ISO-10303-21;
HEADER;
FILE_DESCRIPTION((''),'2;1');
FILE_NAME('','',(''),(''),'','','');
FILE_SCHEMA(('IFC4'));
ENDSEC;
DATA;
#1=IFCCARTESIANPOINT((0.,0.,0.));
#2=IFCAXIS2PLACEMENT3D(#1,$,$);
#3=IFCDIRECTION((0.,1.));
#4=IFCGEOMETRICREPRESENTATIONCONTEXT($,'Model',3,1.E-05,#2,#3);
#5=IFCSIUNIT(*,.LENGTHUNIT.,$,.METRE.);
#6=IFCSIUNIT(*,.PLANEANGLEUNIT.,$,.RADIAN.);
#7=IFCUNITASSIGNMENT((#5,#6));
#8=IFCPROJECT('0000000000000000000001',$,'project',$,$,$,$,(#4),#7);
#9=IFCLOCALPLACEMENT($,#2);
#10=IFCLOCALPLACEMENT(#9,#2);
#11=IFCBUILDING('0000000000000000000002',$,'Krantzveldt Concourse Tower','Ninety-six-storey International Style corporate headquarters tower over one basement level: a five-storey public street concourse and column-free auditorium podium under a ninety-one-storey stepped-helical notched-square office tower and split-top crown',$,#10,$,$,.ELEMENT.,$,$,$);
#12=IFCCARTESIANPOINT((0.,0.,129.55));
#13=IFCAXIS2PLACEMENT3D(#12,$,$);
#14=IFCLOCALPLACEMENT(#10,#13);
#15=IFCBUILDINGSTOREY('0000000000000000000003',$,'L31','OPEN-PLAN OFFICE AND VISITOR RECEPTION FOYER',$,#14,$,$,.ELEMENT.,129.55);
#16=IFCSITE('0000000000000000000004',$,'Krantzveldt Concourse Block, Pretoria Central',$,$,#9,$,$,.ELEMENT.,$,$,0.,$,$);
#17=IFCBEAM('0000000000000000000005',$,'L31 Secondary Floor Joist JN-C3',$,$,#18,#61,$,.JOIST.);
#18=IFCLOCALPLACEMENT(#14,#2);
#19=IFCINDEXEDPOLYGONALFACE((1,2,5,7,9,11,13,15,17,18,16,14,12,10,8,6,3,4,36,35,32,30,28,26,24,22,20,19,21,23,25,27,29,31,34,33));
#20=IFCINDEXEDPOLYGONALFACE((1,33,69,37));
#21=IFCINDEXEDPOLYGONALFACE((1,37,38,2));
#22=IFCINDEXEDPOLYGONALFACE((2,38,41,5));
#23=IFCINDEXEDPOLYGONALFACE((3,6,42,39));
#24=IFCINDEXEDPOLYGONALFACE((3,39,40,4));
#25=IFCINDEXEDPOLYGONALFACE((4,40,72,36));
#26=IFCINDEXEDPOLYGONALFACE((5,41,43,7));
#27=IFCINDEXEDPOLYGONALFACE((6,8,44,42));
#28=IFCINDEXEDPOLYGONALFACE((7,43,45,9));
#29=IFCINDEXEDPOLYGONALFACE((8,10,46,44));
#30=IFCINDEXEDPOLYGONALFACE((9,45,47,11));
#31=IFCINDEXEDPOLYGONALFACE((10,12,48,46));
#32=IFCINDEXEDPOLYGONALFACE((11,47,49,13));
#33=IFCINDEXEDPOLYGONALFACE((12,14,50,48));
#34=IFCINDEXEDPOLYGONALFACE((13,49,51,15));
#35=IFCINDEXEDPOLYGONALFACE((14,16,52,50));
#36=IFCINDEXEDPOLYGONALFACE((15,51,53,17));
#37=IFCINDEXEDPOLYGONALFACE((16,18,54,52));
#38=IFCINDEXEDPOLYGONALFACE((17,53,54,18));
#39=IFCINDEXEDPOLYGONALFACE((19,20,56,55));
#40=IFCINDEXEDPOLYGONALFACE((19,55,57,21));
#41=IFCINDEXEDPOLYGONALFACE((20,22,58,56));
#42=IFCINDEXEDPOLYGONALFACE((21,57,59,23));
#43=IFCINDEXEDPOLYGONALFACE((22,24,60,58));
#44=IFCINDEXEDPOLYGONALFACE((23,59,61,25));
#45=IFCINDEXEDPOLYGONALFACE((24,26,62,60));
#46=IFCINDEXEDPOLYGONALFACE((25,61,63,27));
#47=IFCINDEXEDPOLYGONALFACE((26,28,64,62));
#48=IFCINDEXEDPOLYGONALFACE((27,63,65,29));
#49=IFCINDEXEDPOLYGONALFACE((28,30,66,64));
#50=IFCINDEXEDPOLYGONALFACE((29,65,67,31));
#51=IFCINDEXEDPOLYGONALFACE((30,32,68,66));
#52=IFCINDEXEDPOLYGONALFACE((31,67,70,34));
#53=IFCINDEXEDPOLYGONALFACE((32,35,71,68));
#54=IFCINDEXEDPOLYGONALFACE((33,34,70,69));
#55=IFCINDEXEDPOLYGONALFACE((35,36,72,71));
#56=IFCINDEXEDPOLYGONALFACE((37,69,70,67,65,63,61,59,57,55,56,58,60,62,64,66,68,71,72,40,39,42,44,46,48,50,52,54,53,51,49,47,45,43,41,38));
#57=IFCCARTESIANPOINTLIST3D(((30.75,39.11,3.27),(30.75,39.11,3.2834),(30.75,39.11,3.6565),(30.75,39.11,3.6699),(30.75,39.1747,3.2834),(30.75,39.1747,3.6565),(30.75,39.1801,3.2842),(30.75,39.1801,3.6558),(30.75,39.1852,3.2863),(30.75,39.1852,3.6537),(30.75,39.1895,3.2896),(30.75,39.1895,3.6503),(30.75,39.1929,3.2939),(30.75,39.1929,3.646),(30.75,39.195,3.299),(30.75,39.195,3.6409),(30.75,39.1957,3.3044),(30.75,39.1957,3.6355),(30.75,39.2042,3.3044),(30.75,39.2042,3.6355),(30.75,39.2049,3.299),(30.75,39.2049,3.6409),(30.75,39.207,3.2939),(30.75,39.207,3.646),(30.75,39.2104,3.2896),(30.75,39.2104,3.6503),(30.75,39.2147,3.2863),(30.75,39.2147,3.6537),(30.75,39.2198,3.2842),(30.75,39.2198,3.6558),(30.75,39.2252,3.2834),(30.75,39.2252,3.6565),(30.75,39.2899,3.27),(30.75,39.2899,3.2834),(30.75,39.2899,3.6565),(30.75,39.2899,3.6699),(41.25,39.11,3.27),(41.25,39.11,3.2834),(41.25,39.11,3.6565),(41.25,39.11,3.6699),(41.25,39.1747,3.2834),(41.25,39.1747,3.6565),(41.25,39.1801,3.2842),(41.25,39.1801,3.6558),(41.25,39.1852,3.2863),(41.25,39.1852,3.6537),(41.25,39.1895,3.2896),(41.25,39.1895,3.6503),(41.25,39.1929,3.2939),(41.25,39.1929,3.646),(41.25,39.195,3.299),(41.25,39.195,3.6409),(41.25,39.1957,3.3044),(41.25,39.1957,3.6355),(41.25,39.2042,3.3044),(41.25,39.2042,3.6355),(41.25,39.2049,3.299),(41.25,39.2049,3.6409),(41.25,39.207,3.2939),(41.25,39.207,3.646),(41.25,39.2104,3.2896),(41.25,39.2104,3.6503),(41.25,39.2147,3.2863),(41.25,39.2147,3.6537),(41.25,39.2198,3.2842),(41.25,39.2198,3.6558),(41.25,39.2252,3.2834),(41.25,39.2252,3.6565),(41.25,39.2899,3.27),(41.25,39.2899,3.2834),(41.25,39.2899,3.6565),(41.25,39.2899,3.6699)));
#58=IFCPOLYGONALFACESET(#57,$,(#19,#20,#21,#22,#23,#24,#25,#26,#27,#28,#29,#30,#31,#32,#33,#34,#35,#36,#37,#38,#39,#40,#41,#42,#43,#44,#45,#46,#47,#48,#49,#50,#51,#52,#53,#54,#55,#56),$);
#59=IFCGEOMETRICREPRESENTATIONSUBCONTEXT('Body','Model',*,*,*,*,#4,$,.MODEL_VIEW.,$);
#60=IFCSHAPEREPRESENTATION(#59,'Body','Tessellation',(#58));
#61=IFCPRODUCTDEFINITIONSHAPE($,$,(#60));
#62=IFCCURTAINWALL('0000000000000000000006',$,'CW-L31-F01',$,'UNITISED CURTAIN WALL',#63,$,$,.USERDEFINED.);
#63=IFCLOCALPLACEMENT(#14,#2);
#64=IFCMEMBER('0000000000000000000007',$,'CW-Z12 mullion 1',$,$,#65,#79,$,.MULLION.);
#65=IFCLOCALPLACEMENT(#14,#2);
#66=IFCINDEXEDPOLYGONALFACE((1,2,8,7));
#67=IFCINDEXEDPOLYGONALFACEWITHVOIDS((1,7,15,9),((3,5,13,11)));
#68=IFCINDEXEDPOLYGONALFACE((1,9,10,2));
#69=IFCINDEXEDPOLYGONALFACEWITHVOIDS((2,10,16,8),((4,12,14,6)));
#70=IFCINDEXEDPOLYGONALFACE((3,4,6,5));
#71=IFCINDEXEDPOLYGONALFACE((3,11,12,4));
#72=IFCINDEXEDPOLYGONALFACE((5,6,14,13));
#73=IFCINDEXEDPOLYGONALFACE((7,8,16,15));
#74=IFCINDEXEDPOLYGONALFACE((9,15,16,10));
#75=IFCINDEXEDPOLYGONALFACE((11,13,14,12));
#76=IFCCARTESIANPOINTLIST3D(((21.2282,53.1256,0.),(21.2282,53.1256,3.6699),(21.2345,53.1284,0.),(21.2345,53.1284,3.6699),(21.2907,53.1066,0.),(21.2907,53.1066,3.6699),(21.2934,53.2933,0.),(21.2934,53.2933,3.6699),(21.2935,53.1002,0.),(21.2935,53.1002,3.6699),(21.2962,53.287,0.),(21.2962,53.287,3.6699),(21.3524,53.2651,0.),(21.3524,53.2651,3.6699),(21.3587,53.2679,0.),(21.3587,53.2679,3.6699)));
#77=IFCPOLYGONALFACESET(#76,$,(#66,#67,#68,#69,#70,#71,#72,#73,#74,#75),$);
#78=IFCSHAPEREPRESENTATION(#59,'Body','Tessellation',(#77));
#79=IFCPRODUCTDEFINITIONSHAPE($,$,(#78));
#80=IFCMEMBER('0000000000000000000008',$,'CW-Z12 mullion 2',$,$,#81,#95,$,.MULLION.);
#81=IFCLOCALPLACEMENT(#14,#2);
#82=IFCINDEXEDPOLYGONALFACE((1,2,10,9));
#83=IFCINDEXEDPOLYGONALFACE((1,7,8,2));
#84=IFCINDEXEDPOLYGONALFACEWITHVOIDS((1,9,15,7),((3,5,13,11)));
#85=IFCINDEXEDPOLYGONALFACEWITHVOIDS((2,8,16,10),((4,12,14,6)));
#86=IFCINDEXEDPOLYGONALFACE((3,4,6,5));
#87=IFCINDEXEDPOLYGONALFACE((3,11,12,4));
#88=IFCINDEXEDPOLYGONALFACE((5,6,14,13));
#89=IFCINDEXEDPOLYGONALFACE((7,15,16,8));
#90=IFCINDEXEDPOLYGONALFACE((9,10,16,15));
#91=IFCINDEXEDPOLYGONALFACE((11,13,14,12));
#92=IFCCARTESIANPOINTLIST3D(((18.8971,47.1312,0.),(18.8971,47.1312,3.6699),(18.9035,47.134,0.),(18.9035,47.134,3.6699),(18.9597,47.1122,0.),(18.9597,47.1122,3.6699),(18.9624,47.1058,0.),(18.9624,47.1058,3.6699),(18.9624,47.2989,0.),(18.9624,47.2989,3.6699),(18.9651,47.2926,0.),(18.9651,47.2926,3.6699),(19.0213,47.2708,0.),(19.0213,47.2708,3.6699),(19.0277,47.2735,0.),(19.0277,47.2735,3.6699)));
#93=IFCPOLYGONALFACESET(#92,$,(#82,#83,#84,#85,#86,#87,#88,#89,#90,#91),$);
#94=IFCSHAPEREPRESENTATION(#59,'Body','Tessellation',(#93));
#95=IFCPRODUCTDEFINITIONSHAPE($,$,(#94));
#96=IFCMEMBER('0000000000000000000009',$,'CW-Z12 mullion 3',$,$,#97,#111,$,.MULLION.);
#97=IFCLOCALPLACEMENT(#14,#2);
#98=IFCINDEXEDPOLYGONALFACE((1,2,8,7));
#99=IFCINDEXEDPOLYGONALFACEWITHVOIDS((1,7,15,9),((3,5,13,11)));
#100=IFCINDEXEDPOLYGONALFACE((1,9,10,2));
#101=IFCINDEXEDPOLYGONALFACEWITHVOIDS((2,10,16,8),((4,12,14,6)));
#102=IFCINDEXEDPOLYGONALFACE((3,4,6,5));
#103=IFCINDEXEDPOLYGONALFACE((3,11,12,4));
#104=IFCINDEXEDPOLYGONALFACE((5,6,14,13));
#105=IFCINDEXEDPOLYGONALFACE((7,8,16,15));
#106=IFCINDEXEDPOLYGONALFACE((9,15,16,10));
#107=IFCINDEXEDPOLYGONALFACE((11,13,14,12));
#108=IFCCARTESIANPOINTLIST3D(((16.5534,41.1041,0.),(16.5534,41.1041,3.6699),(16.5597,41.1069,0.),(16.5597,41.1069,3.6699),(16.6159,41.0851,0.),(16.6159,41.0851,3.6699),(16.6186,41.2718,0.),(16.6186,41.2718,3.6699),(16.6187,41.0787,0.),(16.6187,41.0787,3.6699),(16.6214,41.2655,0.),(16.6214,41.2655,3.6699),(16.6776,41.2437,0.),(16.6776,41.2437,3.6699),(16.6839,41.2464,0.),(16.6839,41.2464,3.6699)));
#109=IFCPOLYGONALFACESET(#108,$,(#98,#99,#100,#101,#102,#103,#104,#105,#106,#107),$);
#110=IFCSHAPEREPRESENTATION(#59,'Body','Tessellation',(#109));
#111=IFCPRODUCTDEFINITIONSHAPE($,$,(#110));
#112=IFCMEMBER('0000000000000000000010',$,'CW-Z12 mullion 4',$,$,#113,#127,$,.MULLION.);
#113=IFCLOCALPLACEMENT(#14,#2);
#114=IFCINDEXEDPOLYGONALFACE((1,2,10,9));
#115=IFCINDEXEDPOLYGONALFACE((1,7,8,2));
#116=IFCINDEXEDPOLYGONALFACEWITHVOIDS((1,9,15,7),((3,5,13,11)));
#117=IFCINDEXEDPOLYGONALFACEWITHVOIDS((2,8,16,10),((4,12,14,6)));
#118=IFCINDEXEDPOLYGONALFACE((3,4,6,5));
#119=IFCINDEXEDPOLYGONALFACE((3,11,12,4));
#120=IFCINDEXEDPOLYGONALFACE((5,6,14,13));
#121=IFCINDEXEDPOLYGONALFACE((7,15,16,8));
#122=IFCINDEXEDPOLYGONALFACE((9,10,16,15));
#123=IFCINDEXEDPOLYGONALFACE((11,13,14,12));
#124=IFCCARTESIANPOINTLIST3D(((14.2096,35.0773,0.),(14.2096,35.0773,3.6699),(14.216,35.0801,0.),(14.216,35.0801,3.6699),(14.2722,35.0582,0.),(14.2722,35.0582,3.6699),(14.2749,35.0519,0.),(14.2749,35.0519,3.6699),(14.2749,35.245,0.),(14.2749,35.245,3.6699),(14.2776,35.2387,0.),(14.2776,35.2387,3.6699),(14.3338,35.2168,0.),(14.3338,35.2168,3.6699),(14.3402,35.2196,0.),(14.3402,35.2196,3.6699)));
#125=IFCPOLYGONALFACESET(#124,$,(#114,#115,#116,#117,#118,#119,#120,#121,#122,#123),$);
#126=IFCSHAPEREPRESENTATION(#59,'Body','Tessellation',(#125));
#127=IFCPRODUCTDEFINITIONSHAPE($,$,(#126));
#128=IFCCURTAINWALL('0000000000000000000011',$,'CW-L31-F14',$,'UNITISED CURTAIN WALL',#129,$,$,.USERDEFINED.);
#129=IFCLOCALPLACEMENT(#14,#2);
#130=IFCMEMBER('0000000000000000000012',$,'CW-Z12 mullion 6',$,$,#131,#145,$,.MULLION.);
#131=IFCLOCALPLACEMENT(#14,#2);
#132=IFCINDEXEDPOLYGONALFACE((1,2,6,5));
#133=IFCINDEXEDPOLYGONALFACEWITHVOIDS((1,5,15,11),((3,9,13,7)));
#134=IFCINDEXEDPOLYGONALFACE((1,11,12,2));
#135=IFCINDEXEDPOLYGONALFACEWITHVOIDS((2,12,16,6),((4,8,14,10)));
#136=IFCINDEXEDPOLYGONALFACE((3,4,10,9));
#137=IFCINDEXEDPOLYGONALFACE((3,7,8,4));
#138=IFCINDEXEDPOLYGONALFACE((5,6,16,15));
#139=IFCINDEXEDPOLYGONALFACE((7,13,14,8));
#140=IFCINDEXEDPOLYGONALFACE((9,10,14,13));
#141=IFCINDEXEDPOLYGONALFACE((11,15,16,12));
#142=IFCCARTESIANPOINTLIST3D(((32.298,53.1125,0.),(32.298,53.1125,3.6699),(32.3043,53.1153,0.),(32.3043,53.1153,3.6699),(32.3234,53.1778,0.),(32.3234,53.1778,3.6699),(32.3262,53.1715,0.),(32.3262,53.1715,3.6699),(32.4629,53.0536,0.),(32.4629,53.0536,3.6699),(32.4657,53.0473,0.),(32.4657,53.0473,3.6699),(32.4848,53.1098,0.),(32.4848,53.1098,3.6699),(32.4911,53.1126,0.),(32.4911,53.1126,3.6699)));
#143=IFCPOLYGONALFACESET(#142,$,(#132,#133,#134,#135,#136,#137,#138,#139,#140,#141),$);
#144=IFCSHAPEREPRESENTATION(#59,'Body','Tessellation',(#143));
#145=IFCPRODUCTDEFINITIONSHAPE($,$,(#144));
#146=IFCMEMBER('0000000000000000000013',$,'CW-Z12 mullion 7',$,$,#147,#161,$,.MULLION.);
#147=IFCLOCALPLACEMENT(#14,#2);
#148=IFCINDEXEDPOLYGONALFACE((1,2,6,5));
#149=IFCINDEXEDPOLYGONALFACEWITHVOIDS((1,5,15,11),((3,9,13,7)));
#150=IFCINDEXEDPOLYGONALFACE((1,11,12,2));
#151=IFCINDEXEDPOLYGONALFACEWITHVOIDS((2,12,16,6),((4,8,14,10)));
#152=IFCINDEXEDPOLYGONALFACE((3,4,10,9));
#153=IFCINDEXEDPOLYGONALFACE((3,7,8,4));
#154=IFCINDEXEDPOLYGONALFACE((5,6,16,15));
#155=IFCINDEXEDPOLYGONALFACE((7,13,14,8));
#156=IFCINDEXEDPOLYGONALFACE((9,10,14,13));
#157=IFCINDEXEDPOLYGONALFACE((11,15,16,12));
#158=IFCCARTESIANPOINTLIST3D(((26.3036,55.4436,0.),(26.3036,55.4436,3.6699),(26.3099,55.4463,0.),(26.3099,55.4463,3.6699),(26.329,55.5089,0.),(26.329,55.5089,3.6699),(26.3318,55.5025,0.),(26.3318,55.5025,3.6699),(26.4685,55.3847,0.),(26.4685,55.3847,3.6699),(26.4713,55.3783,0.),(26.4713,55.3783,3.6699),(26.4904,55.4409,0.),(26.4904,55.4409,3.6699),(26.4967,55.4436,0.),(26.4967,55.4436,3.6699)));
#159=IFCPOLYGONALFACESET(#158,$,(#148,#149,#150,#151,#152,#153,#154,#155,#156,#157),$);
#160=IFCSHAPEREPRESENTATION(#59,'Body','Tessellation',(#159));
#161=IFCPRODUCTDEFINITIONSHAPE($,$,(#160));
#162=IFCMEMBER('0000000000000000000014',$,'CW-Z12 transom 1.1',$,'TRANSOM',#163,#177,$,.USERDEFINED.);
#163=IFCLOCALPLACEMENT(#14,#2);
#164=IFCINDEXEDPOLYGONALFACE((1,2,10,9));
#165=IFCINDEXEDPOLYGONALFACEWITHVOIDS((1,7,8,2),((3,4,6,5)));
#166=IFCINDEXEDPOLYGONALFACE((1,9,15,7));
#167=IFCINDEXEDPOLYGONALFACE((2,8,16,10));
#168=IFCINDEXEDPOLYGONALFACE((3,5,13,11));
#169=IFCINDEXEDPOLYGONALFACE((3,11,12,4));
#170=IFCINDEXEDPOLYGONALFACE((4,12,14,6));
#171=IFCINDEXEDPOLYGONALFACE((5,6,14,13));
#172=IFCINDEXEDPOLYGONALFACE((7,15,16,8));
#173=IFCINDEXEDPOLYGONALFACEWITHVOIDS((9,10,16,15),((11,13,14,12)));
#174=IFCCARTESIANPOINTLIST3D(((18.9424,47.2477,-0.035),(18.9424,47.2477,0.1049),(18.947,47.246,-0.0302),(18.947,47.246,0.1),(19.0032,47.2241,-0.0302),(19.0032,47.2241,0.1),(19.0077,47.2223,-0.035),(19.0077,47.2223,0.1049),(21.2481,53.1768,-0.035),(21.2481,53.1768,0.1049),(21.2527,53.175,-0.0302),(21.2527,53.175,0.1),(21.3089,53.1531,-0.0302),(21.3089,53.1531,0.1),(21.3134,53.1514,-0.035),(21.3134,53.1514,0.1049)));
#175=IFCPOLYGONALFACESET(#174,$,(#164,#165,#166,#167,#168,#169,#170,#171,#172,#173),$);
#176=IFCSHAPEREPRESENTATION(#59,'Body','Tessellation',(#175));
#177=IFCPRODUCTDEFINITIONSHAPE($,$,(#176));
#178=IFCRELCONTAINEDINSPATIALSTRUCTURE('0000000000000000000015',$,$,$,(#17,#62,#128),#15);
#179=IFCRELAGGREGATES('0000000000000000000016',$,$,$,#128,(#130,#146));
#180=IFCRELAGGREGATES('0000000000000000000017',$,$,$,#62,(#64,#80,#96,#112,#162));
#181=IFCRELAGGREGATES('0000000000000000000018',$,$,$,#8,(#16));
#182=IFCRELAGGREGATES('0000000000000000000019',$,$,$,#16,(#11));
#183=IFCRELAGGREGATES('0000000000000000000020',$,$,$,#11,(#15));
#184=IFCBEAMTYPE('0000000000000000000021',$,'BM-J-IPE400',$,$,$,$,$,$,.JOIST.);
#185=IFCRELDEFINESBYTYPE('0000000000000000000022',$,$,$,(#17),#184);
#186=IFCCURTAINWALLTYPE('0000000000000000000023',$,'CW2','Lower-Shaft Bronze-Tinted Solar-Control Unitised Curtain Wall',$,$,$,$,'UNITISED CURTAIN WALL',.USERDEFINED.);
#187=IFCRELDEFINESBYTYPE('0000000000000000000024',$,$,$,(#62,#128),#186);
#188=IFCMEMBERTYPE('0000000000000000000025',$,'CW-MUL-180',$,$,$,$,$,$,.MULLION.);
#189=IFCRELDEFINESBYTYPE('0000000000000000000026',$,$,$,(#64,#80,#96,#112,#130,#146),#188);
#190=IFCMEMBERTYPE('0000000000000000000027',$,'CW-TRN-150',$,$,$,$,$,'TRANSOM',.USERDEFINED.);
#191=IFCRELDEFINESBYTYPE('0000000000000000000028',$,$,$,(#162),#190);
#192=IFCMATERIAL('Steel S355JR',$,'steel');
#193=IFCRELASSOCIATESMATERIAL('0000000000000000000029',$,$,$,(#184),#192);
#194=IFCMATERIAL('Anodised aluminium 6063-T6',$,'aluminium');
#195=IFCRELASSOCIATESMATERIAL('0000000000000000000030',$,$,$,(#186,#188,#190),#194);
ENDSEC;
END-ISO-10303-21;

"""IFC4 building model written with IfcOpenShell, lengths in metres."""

from ifc_helpers import new_model, si_unit, direction, frame, origin, origin_2d, place, context, subcontext, project, spatial, hollow_rectangle, i_section, extrude, source, transform, mapped, material, material_profile, profile_set, type_object, type_shapes, element, aggregate, save


model = new_model("IFC4")

# Units and contexts
model_context = context("Model", 3, precision=1e-05, world=origin(), true_north=direction((0.0, 1.0)))
body_context = subcontext(model_context, "Body", "Model", "MODEL_VIEW")
ifc_project = project(units=[si_unit("LENGTHUNIT", "METRE"), si_unit("PLANEANGLEUNIT", "RADIAN")], contexts=[model_context])

# Site, building, storey
site_placement = place(None, origin())
site = spatial("IfcSite", under=ifc_project, at=site_placement, Name="Krantzveldt Concourse Block, Pretoria Central", CompositionType="ELEMENT", RefElevation=0.0)
building_placement = place(site_placement, origin())
building = spatial("IfcBuilding", under=site, at=building_placement, Name="Krantzveldt Concourse Tower", Description="Ninety-six-storey International Style corporate headquarters tower over one basement level: a five-storey public street concourse and column-free auditorium podium under a ninety-one-storey stepped-helical notched-square office tower and split-top crown", CompositionType="ELEMENT")
storey_placement = place(building_placement, frame((0.0, 0.0, 129.55)))
storey = spatial("IfcBuildingStorey", under=building, at=storey_placement, Name="L31", Description="OPEN-PLAN OFFICE AND VISITOR RECEPTION FOYER", CompositionType="ELEMENT", Elevation=129.55)

# Beam
ifc_material_1 = material(Name="Steel S355JR", Category="steel")
ifc_material_profile_1 = material_profile(ifc_material_1, i_section(OverallWidth=0.1799, OverallDepth=0.3999, WebThickness=0.0085, FlangeThickness=0.0134, FilletRadius=0.021, at=origin_2d()), Name="Steel S355JR", Category="steel")
ifc_profile_set_1 = profile_set([ifc_material_profile_1], Name="Steel S355JR - IPE 400")
beam_type_1 = type_object("IfcBeamType", Name="BM-J-IPE400", PredefinedType="JOIST", material=ifc_profile_set_1)
shared_shape_1 = source(origin(), body_context, "Body", "SweptSolid", [
    extrude(i_section(OverallWidth=0.1799, OverallDepth=0.3999, WebThickness=0.0085, FlangeThickness=0.0134, FilletRadius=0.021, at=origin_2d()), origin(), (0.0, 0.0, 1.0), 10.5),
])
type_shapes(beam_type_1, [shared_shape_1])
beam_1_placement = place(storey_placement, frame((30.75, 39.2, 3.47), z_axis=(1.0, 0.0, 0.0), x_axis=(0.0, 1.0, 0.0)))
element("IfcBeam", 1, at=beam_1_placement, inside=storey, type_object=beam_type_1, Name="L31 Secondary Floor Joist JN-C3", PredefinedType="JOIST", context=body_context, shape_type="MappedRepresentation", body=[
    mapped(shared_shape_1, transform((0.0, 0.0, 0.0), x_axis=(1.0, 0.0, 0.0), y_axis=(0.0, 1.0, 0.0), z_axis=(0.0, 0.0, 1.0), scale=1.0)),
])

# Curtain walls, members
ifc_material_2 = material(Name="Anodised aluminium 6063-T6", Category="aluminium")
curtain_wall_type = type_object("IfcCurtainWallType", Name="CW2", Description="Lower-Shaft Bronze-Tinted Solar-Control Unitised Curtain Wall", ElementType="UNITISED CURTAIN WALL", PredefinedType="USERDEFINED", material=ifc_material_2)
curtain_wall_1_placement = place(storey_placement, origin())
curtain_wall_1 = element("IfcCurtainWall", 2, at=curtain_wall_1_placement, inside=storey, type_object=curtain_wall_type, Name="CW-L31-F01", ObjectType="UNITISED CURTAIN WALL", PredefinedType="USERDEFINED")
ifc_material_profile_2 = material_profile(ifc_material_2, hollow_rectangle(XDim=0.0701, YDim=0.1799, WallThickness=0.0049, at=origin_2d()), Name="Anodised aluminium 6063-T6", Category="aluminium")
ifc_profile_set_2 = profile_set([ifc_material_profile_2], Name="Anodised aluminium 6063-T6 - ALU-MULL 180x70x5")
member_type_1 = type_object("IfcMemberType", Name="CW-MUL-180", PredefinedType="MULLION", material=ifc_profile_set_2)
shared_shape_2 = source(origin(), body_context, "Body", "SweptSolid", [
    extrude(hollow_rectangle(XDim=0.0701, YDim=0.1799, WallThickness=0.0049, at=origin_2d()), origin(), (0.0, 0.0, 1.0), 3.6699),
])
type_shapes(member_type_1, [shared_shape_2])
member_1_placement = place(storey_placement, frame((21.2935, 53.1968, 0.0), z_axis=(0.0, 0.0, 1.0), x_axis=(0.932008, -0.362438, 0.0)))
member_1 = element("IfcMember", 3, at=member_1_placement, type_object=member_type_1, Name="CW-Z12 mullion 1", PredefinedType="MULLION", context=body_context, shape_type="MappedRepresentation", body=[
    mapped(shared_shape_2, transform((0.0, 0.0, 0.0), x_axis=(1.0, 0.0, 0.0), y_axis=(0.0, 1.0, 0.0), z_axis=(0.0, 0.0, 1.0), scale=1.0)),
])
member_2_placement = place(storey_placement, frame((18.9624, 47.2024, 0.0), z_axis=(0.0, 0.0, 1.0), x_axis=(0.932008, -0.362438, 0.0)))
member_2 = element("IfcMember", 4, at=member_2_placement, type_object=member_type_1, Name="CW-Z12 mullion 2", PredefinedType="MULLION", context=body_context, shape_type="MappedRepresentation", body=[
    mapped(shared_shape_2, transform((0.0, 0.0, 0.0), x_axis=(1.0, 0.0, 0.0), y_axis=(0.0, 1.0, 0.0), z_axis=(0.0, 0.0, 1.0), scale=1.0)),
])
member_3_placement = place(storey_placement, frame((16.6187, 41.1753, 0.0), z_axis=(0.0, 0.0, 1.0), x_axis=(0.932008, -0.362438, 0.0)))
member_3 = element("IfcMember", 5, at=member_3_placement, type_object=member_type_1, Name="CW-Z12 mullion 3", PredefinedType="MULLION", context=body_context, shape_type="MappedRepresentation", body=[
    mapped(shared_shape_2, transform((0.0, 0.0, 0.0), x_axis=(1.0, 0.0, 0.0), y_axis=(0.0, 1.0, 0.0), z_axis=(0.0, 0.0, 1.0), scale=1.0)),
])
member_4_placement = place(storey_placement, frame((14.2749, 35.1484, 0.0), z_axis=(0.0, 0.0, 1.0), x_axis=(0.932008, -0.362438, 0.0)))
member_4 = element("IfcMember", 6, at=member_4_placement, type_object=member_type_1, Name="CW-Z12 mullion 4", PredefinedType="MULLION", context=body_context, shape_type="MappedRepresentation", body=[
    mapped(shared_shape_2, transform((0.0, 0.0, 0.0), x_axis=(1.0, 0.0, 0.0), y_axis=(0.0, 1.0, 0.0), z_axis=(0.0, 0.0, 1.0), scale=1.0)),
])
curtain_wall_2_placement = place(storey_placement, origin())
curtain_wall_2 = element("IfcCurtainWall", 7, at=curtain_wall_2_placement, inside=storey, type_object=curtain_wall_type, Name="CW-L31-F14", ObjectType="UNITISED CURTAIN WALL", PredefinedType="USERDEFINED")
member_5_placement = place(storey_placement, frame((32.3945, 53.1125, 0.0), z_axis=(0.0, 0.0, 1.0), x_axis=(-0.362438, -0.932008, 0.0)))
member_5 = element("IfcMember", 8, at=member_5_placement, type_object=member_type_1, Name="CW-Z12 mullion 6", PredefinedType="MULLION", context=body_context, shape_type="MappedRepresentation", body=[
    mapped(shared_shape_2, transform((0.0, 0.0, 0.0), x_axis=(1.0, 0.0, 0.0), y_axis=(0.0, 1.0, 0.0), z_axis=(0.0, 0.0, 1.0), scale=1.0)),
])
member_6_placement = place(storey_placement, frame((26.4001, 55.4436, 0.0), z_axis=(0.0, 0.0, 1.0), x_axis=(-0.362438, -0.932008, 0.0)))
member_6 = element("IfcMember", 9, at=member_6_placement, type_object=member_type_1, Name="CW-Z12 mullion 7", PredefinedType="MULLION", context=body_context, shape_type="MappedRepresentation", body=[
    mapped(shared_shape_2, transform((0.0, 0.0, 0.0), x_axis=(1.0, 0.0, 0.0), y_axis=(0.0, 1.0, 0.0), z_axis=(0.0, 0.0, 1.0), scale=1.0)),
])

# Member
ifc_material_profile_3 = material_profile(ifc_material_2, hollow_rectangle(XDim=0.0701, YDim=0.1399, WallThickness=0.0049, at=origin_2d()), Name="Anodised aluminium 6063-T6", Category="aluminium")
ifc_profile_set_3 = profile_set([ifc_material_profile_3], Name="Anodised aluminium 6063-T6 - ALU-TRAN 140x70x5")
member_type_2 = type_object("IfcMemberType", Name="CW-TRN-150", ElementType="TRANSOM", PredefinedType="USERDEFINED", material=ifc_profile_set_3)
shared_shape_3 = source(origin(), body_context, "Body", "SweptSolid", [
    extrude(hollow_rectangle(XDim=0.0701, YDim=0.1399, WallThickness=0.0049, at=origin_2d()), origin(), (0.0, 0.0, 1.0), 6.3616),
])
member_7_placement = place(storey_placement, frame((21.2808, 53.1641, 0.0349), z_axis=(-0.362441, -0.932007, 0.0), x_axis=(0.932007, -0.362441, 0.0)))
member_7 = element("IfcMember", 10, at=member_7_placement, type_object=member_type_2, Name="CW-Z12 transom 1.1", ObjectType="TRANSOM", PredefinedType="USERDEFINED", context=body_context, shape_type="MappedRepresentation", body=[
    mapped(shared_shape_3, transform((0.0, 0.0, 0.0), x_axis=(1.0, 0.0, 0.0), y_axis=(0.0, 1.0, 0.0), z_axis=(0.0, 0.0, 1.0), scale=1.0)),
])

aggregate(curtain_wall_2, [member_5, member_6])
aggregate(curtain_wall_1, [member_1, member_2, member_3, member_4, member_7])

save(model, "model.ifc")
